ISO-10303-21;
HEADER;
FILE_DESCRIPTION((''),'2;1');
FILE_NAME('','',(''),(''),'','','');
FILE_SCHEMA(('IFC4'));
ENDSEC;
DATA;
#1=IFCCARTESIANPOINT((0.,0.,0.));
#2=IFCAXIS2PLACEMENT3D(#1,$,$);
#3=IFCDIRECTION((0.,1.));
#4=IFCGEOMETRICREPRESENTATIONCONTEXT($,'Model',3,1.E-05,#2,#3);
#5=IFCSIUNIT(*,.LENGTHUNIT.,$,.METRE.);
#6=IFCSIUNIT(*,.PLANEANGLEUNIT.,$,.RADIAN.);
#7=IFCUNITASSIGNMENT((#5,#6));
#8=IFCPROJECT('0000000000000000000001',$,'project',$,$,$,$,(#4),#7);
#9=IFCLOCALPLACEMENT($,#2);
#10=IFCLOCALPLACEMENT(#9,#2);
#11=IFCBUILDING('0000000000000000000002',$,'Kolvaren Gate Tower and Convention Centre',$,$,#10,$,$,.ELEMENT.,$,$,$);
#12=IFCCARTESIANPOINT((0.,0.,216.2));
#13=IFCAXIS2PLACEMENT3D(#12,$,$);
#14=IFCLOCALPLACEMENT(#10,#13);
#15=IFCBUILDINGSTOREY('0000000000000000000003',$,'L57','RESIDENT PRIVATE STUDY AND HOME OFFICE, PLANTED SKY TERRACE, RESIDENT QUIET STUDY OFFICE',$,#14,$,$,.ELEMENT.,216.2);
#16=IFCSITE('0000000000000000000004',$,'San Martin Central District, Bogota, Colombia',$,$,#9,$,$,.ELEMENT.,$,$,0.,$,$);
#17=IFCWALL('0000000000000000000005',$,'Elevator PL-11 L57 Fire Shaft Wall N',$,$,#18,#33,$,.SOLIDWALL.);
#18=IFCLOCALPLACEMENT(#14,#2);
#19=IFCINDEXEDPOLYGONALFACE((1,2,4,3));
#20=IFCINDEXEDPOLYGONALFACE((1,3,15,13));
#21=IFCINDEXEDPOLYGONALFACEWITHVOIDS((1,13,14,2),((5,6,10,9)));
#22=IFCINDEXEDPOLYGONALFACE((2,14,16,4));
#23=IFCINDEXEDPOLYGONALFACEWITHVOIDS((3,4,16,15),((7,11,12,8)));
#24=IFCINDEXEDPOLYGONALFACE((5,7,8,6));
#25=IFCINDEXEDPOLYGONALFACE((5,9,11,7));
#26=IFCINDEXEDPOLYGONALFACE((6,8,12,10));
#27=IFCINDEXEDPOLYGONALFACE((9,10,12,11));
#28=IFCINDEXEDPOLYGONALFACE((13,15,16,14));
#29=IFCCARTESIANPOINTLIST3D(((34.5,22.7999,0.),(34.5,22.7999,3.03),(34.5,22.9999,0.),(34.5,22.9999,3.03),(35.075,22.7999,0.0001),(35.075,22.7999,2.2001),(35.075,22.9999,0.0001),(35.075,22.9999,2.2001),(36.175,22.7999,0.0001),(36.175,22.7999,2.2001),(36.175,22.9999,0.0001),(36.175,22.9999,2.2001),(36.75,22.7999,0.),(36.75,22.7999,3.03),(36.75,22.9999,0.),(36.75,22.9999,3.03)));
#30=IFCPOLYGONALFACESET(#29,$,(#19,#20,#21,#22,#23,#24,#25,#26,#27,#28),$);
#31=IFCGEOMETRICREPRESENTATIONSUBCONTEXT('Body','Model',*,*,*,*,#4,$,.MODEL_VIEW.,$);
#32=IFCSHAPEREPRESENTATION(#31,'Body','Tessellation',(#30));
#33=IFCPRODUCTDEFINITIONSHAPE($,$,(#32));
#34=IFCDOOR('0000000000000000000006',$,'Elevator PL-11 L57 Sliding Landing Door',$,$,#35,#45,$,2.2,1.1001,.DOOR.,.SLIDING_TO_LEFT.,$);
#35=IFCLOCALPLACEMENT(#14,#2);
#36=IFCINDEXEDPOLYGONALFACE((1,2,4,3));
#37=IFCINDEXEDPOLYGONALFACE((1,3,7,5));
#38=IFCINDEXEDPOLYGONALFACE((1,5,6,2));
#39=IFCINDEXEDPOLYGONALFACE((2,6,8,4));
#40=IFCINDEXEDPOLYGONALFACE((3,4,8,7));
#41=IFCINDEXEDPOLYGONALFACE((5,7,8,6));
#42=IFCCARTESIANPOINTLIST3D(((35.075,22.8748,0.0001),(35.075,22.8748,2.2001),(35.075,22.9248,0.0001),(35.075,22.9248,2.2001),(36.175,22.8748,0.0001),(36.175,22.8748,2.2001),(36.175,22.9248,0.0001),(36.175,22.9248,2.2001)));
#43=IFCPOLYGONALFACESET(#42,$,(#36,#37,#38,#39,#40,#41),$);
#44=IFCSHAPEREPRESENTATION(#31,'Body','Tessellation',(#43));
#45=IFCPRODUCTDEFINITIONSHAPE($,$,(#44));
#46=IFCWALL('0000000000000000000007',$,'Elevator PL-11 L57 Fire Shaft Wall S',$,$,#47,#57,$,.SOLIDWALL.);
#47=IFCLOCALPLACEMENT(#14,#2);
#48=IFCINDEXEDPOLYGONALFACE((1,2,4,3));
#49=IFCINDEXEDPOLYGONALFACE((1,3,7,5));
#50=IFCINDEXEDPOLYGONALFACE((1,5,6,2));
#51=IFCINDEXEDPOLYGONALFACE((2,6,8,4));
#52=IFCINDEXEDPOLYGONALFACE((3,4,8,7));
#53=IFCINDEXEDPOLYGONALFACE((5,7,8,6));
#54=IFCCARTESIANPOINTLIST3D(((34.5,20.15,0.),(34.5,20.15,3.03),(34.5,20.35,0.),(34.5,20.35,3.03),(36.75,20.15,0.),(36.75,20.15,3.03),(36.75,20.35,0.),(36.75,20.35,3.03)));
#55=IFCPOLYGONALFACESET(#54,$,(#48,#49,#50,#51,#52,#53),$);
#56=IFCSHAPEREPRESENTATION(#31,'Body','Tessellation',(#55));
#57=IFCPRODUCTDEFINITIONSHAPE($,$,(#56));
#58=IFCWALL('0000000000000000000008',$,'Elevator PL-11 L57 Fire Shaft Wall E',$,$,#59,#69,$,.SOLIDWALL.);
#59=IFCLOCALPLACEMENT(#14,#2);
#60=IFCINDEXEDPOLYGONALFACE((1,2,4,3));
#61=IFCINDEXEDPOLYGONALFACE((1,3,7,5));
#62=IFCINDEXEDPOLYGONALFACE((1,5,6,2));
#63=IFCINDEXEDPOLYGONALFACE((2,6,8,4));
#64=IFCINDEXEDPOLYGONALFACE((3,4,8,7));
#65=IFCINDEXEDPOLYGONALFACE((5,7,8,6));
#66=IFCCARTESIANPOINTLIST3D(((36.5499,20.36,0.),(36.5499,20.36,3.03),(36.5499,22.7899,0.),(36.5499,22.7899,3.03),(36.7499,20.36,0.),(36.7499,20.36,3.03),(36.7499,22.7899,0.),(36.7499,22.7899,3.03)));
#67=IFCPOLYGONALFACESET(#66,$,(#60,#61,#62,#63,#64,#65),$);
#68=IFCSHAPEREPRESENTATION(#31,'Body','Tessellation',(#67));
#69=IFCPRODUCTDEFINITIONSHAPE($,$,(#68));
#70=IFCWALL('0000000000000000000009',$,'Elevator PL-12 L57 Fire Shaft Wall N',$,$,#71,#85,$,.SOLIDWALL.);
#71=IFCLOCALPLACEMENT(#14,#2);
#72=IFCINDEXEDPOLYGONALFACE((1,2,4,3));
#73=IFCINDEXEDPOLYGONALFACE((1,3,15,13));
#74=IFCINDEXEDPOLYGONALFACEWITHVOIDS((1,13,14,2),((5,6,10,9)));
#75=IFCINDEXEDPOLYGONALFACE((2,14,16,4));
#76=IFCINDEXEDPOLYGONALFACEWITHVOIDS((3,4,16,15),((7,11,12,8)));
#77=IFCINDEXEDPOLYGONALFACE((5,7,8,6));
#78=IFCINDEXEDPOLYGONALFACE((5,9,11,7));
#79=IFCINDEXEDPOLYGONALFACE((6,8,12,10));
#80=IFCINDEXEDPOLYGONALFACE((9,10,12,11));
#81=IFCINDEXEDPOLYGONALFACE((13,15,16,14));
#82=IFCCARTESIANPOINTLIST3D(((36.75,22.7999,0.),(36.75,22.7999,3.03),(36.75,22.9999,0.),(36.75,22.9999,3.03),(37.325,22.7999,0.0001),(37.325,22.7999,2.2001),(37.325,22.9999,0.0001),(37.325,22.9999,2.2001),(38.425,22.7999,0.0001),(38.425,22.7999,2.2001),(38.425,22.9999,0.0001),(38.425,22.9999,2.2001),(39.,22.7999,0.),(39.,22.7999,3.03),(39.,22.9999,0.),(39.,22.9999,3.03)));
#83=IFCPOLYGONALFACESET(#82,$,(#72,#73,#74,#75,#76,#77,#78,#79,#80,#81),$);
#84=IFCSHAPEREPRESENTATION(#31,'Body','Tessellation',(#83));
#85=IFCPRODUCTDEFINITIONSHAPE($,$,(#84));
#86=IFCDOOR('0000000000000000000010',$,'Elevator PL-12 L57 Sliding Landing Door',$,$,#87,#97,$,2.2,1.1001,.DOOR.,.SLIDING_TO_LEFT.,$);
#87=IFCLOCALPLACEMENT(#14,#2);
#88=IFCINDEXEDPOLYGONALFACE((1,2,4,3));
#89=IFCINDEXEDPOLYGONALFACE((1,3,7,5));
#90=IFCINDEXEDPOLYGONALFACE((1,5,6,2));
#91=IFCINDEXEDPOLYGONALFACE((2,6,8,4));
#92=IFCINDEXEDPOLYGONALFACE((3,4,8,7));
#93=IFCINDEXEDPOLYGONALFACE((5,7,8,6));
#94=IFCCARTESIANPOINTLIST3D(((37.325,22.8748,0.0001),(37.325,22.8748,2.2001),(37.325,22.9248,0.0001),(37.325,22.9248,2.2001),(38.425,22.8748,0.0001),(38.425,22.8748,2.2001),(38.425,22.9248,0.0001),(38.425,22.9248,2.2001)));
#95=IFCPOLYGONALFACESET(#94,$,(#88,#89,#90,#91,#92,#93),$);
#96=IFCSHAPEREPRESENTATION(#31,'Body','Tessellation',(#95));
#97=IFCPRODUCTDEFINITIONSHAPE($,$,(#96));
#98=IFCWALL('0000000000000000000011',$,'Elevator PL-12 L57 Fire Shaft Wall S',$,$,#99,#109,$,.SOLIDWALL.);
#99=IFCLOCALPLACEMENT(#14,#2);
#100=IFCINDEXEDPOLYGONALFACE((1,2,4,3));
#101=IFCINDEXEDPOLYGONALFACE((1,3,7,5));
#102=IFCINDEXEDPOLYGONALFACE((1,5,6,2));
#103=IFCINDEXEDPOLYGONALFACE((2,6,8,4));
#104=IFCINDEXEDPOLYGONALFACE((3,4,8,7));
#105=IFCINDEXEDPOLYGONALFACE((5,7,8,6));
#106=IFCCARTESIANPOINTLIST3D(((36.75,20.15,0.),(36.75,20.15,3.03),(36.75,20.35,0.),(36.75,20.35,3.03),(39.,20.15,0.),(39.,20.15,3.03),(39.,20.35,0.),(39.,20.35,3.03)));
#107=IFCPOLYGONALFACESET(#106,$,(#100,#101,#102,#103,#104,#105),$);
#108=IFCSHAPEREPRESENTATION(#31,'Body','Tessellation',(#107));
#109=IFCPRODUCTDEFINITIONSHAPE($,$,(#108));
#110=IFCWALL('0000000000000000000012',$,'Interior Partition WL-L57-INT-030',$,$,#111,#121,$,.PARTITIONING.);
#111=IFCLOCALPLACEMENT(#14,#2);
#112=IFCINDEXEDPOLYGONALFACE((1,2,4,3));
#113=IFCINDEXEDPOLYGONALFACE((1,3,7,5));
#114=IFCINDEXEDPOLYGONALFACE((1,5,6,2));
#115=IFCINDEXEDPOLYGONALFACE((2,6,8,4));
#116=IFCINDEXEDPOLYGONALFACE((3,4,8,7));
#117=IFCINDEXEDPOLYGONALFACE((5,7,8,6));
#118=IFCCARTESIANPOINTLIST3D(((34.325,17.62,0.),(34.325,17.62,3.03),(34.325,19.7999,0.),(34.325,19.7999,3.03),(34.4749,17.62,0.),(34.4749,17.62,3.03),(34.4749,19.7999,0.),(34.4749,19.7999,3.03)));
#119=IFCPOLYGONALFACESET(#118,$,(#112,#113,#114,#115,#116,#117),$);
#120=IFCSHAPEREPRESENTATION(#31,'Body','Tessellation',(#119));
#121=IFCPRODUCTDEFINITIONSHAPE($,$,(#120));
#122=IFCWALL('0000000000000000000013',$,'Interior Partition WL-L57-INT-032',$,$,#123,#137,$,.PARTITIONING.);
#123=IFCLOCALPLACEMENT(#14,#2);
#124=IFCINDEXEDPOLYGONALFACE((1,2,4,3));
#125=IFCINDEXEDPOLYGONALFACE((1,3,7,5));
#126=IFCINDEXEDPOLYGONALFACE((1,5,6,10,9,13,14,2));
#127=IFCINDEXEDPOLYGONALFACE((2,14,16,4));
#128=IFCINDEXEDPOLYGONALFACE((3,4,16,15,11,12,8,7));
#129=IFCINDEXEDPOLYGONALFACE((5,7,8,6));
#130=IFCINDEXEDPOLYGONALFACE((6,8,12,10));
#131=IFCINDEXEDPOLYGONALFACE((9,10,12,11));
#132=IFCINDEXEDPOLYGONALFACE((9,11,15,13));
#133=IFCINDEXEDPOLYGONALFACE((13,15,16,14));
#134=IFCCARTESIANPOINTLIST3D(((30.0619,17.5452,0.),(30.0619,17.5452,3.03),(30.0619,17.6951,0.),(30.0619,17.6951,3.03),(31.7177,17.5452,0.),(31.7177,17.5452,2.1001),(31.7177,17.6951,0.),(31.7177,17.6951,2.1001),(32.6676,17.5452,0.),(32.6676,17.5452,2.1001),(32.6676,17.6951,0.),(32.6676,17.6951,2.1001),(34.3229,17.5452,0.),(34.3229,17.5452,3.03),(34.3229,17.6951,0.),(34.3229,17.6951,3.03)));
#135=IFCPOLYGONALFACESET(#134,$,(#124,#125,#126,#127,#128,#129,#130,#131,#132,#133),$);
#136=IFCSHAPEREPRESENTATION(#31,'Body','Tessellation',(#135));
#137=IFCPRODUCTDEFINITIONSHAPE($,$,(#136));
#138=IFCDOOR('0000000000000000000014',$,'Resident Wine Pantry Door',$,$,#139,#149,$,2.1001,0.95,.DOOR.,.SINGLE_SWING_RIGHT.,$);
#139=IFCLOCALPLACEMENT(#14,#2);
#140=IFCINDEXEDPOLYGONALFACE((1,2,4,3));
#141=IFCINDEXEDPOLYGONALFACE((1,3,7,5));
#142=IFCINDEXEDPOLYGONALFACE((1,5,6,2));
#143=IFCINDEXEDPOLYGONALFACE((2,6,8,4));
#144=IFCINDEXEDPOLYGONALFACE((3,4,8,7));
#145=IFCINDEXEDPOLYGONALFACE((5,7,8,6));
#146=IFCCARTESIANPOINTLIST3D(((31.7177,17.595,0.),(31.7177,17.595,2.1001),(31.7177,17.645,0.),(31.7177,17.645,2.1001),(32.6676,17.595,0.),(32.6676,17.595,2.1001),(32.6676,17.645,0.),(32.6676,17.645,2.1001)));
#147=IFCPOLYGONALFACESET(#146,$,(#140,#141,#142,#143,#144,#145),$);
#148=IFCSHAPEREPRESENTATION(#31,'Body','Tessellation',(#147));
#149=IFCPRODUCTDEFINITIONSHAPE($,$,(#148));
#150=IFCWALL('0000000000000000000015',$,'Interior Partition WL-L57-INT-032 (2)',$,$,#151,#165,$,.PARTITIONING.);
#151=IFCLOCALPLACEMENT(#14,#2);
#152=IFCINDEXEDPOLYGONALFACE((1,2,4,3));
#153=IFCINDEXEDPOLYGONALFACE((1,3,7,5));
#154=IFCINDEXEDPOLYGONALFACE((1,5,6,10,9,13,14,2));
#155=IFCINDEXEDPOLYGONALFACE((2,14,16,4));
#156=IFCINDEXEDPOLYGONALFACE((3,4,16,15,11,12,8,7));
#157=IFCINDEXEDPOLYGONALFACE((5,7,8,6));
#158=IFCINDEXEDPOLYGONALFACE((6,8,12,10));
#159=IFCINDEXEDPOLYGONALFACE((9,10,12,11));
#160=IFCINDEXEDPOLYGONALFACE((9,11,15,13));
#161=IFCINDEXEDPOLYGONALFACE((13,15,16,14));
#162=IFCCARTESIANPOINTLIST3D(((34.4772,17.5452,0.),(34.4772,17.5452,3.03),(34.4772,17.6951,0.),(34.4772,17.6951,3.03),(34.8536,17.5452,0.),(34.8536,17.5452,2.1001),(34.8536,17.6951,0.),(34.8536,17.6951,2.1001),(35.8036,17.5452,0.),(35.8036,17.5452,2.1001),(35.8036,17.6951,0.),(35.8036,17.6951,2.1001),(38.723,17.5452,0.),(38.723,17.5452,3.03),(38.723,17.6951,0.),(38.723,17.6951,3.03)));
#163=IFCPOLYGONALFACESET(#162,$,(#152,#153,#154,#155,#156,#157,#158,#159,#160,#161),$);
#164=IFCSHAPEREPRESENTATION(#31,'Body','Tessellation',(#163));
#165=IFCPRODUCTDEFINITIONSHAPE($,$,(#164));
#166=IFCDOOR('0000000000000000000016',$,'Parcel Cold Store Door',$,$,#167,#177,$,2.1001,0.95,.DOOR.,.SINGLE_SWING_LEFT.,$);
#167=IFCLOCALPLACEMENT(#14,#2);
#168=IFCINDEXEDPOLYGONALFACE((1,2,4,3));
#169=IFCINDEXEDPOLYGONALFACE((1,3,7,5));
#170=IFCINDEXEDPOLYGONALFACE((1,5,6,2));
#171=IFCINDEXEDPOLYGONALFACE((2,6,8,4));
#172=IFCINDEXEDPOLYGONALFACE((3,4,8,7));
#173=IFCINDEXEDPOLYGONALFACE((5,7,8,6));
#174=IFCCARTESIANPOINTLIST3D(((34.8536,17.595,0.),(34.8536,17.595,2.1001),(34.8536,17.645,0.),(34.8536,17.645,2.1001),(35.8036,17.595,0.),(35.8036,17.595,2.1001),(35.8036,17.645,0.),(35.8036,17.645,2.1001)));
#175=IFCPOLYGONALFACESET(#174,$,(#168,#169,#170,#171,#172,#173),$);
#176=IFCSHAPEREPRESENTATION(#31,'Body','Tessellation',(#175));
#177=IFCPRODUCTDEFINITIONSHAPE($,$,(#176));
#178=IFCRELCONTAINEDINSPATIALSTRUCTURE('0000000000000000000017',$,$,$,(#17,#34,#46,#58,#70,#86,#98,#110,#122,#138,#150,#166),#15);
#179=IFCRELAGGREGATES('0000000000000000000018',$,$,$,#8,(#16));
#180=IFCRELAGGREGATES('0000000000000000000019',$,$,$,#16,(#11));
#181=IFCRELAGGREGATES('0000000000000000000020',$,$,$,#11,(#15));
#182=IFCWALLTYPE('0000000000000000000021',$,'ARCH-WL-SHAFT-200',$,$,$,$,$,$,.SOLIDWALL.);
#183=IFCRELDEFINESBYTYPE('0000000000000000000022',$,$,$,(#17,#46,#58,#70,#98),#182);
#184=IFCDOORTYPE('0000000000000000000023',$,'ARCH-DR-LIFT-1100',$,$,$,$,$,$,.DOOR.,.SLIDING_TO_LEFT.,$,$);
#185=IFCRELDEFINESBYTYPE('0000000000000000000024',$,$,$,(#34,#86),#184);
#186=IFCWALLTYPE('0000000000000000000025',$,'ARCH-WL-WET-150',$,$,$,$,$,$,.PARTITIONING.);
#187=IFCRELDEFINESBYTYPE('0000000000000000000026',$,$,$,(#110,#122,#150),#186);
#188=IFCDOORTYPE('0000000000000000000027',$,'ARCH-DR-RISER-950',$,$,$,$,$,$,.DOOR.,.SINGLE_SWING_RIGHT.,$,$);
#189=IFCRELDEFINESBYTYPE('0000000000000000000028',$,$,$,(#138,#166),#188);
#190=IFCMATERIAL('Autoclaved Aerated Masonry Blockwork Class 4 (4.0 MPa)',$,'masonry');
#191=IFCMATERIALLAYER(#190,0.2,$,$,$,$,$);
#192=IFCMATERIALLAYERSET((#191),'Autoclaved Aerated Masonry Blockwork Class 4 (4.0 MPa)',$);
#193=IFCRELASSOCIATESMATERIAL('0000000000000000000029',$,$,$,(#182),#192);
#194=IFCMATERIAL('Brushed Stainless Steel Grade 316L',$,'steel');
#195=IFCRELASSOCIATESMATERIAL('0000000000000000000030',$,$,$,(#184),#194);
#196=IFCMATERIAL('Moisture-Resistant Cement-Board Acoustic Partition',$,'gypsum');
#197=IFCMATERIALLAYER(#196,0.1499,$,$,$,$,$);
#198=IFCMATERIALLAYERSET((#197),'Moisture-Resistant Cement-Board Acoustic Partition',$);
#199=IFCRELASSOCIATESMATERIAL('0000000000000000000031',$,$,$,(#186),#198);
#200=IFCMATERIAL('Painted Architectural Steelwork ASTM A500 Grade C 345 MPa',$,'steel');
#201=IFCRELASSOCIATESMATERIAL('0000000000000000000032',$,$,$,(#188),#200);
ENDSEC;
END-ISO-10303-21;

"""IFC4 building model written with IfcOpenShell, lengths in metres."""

from ifc_helpers import new_model, si_unit, direction, frame, frame_2d, origin, place, context, subcontext, project, spatial, rectangle, extrude, material, layer, layer_set, type_object, element, fill, save


model = new_model("IFC4")

# Units and contexts
model_context = context("Model", 3, precision=1e-05, world=origin(), true_north=direction((0.0, 1.0)))
body_context = subcontext(model_context, "Body", "Model", "MODEL_VIEW")
ifc_project = project(units=[si_unit("LENGTHUNIT", "METRE"), si_unit("PLANEANGLEUNIT", "RADIAN")], contexts=[model_context])

# Site, building, storey
site_placement = place(None, origin())
site = spatial("IfcSite", under=ifc_project, at=site_placement, Name="San Martin Central District, Bogota, Colombia", CompositionType="ELEMENT", RefElevation=0.0)
building_placement = place(site_placement, origin())
building = spatial("IfcBuilding", under=site, at=building_placement, Name="Kolvaren Gate Tower and Convention Centre", CompositionType="ELEMENT")
storey_placement = place(building_placement, frame((0.0, 0.0, 216.2)))
storey = spatial("IfcBuildingStorey", under=building, at=storey_placement, Name="L57", Description="RESIDENT PRIVATE STUDY AND HOME OFFICE, PLANTED SKY TERRACE, RESIDENT QUIET STUDY OFFICE", CompositionType="ELEMENT", Elevation=216.2)

# Shared definitions
ifc_material_1 = material(Name="Autoclaved Aerated Masonry Blockwork Class 4 (4.0 MPa)", Category="masonry")
ifc_layer_1 = layer(ifc_material_1, 0.2)
ifc_layer_set_1 = layer_set([ifc_layer_1], Name="Autoclaved Aerated Masonry Blockwork Class 4 (4.0 MPa)")
wall_type_1 = type_object("IfcWallType", Name="ARCH-WL-SHAFT-200", PredefinedType="SOLIDWALL", material=ifc_layer_set_1)

# Shared definitions
ifc_material_2 = material(Name="Brushed Stainless Steel Grade 316L", Category="steel")
door_type_1 = type_object("IfcDoorType", Name="ARCH-DR-LIFT-1100", OperationType="SLIDING_TO_LEFT", PredefinedType="DOOR", material=ifc_material_2)

# Wall, opening, door
wall_1_placement = place(storey_placement, frame((34.5, 22.8999, 0.0), z_axis=(0.0, 0.0, 1.0), x_axis=(1.0, 0.0, 0.0)))
wall_1 = element("IfcWall", 1, at=wall_1_placement, inside=storey, type_object=wall_type_1, Name="Elevator PL-11 L57 Fire Shaft Wall N", PredefinedType="SOLIDWALL", context=body_context, shape_type="SweptSolid", body=[
    extrude(rectangle(XDim=2.25, YDim=0.2, at=frame_2d((1.125, 0.0))), origin(), (0.0, 0.0, 1.0), 3.03),
])
opening_1_placement = place(wall_1_placement, frame((0.575, 0.0, 0.0)))
opening_1 = element("IfcOpeningElement", 2, at=opening_1_placement, cuts=wall_1, PredefinedType="OPENING", context=body_context, shape_type="SweptSolid", body=[
    extrude(rectangle(XDim=1.1001, YDim=2.2, at=frame_2d((0.55, 1.1001))), frame((0.0, 0.1099, 0.0), z_axis=(0.0, -1.0, 0.0), x_axis=(1.0, 0.0, 0.0)), (0.0, 0.0, 1.0), 0.22),
])
door_1_placement = place(opening_1_placement, origin())
door_1 = element("IfcDoor", 3, at=door_1_placement, inside=storey, type_object=door_type_1, Name="Elevator PL-11 L57 Sliding Landing Door", OperationType="SLIDING_TO_LEFT", OverallHeight=2.2, OverallWidth=1.1001, PredefinedType="DOOR", context=body_context, shape_type="SweptSolid", body=[
    extrude(rectangle(XDim=1.1001, YDim=2.2, at=frame_2d((0.55, 1.1001))), frame((0.0, 0.0249, 0.0), z_axis=(0.0, -1.0, 0.0), x_axis=(1.0, 0.0, 0.0)), (0.0, 0.0, 1.0), 0.05),
])
fill(opening_1, door_1)

# Walls
wall_2_placement = place(storey_placement, frame((34.5, 20.25, 0.0), z_axis=(0.0, 0.0, 1.0), x_axis=(1.0, 0.0, 0.0)))
element("IfcWall", 4, at=wall_2_placement, inside=storey, type_object=wall_type_1, Name="Elevator PL-11 L57 Fire Shaft Wall S", PredefinedType="SOLIDWALL", context=body_context, shape_type="SweptSolid", body=[
    extrude(rectangle(XDim=2.25, YDim=0.2, at=frame_2d((1.125, 0.0))), origin(), (0.0, 0.0, 1.0), 3.03),
])
wall_3_placement = place(storey_placement, frame((36.6499, 20.3601, 0.0), z_axis=(0.0, 0.0, 1.0), x_axis=(0.0, 1.0, 0.0)))
element("IfcWall", 5, at=wall_3_placement, inside=storey, type_object=wall_type_1, Name="Elevator PL-11 L57 Fire Shaft Wall E", PredefinedType="SOLIDWALL", context=body_context, shape_type="SweptSolid", body=[
    extrude(rectangle(XDim=2.4299, YDim=0.2, at=frame_2d((1.2148, 0.0))), origin(), (0.0, 0.0, 1.0), 3.03),
])

# Wall, opening, door
wall_4_placement = place(storey_placement, frame((36.75, 22.8999, 0.0), z_axis=(0.0, 0.0, 1.0), x_axis=(1.0, 0.0, 0.0)))
wall_4 = element("IfcWall", 6, at=wall_4_placement, inside=storey, type_object=wall_type_1, Name="Elevator PL-12 L57 Fire Shaft Wall N", PredefinedType="SOLIDWALL", context=body_context, shape_type="SweptSolid", body=[
    extrude(rectangle(XDim=2.25, YDim=0.2, at=frame_2d((1.125, 0.0))), origin(), (0.0, 0.0, 1.0), 3.03),
])
opening_2_placement = place(wall_4_placement, frame((0.575, 0.0, 0.0)))
opening_2 = element("IfcOpeningElement", 7, at=opening_2_placement, cuts=wall_4, PredefinedType="OPENING", context=body_context, shape_type="SweptSolid", body=[
    extrude(rectangle(XDim=1.1001, YDim=2.2, at=frame_2d((0.55, 1.1001))), frame((0.0, 0.1099, 0.0), z_axis=(0.0, -1.0, 0.0), x_axis=(1.0, 0.0, 0.0)), (0.0, 0.0, 1.0), 0.22),
])
door_2_placement = place(opening_2_placement, origin())
door_2 = element("IfcDoor", 8, at=door_2_placement, inside=storey, type_object=door_type_1, Name="Elevator PL-12 L57 Sliding Landing Door", OperationType="SLIDING_TO_LEFT", OverallHeight=2.2, OverallWidth=1.1001, PredefinedType="DOOR", context=body_context, shape_type="SweptSolid", body=[
    extrude(rectangle(XDim=1.1001, YDim=2.2, at=frame_2d((0.55, 1.1001))), frame((0.0, 0.0249, 0.0), z_axis=(0.0, -1.0, 0.0), x_axis=(1.0, 0.0, 0.0)), (0.0, 0.0, 1.0), 0.05),
])
fill(opening_2, door_2)

# Walls
wall_5_placement = place(storey_placement, frame((36.75, 20.25, 0.0), z_axis=(0.0, 0.0, 1.0), x_axis=(1.0, 0.0, 0.0)))
element("IfcWall", 9, at=wall_5_placement, inside=storey, type_object=wall_type_1, Name="Elevator PL-12 L57 Fire Shaft Wall S", PredefinedType="SOLIDWALL", context=body_context, shape_type="SweptSolid", body=[
    extrude(rectangle(XDim=2.25, YDim=0.2, at=frame_2d((1.125, 0.0))), origin(), (0.0, 0.0, 1.0), 3.03),
])
ifc_material_3 = material(Name="Moisture-Resistant Cement-Board Acoustic Partition", Category="gypsum")
ifc_layer_2 = layer(ifc_material_3, 0.1499)
ifc_layer_set_2 = layer_set([ifc_layer_2], Name="Moisture-Resistant Cement-Board Acoustic Partition")
wall_type_2 = type_object("IfcWallType", Name="ARCH-WL-WET-150", PredefinedType="PARTITIONING", material=ifc_layer_set_2)
wall_6_placement = place(storey_placement, frame((34.3999, 17.6201, 0.0), z_axis=(0.0, 0.0, 1.0), x_axis=(0.0, 1.0, 0.0)))
element("IfcWall", 10, at=wall_6_placement, inside=storey, type_object=wall_type_2, Name="Interior Partition WL-L57-INT-030", PredefinedType="PARTITIONING", context=body_context, shape_type="SweptSolid", body=[
    extrude(rectangle(XDim=2.1799, YDim=0.1499, at=frame_2d((1.0898, 0.0))), origin(), (0.0, 0.0, 1.0), 3.03),
])

# Walls, openings, doors
wall_7_placement = place(storey_placement, frame((30.062, 17.6201, 0.0), z_axis=(0.0, 0.0, 1.0), x_axis=(1.0, 0.0, 0.0)))
wall_7 = element("IfcWall", 11, at=wall_7_placement, inside=storey, type_object=wall_type_2, Name="Interior Partition WL-L57-INT-032", PredefinedType="PARTITIONING", context=body_context, shape_type="SweptSolid", body=[
    extrude(rectangle(XDim=4.261, YDim=0.1499, at=frame_2d((2.1304, 0.0))), origin(), (0.0, 0.0, 1.0), 3.03),
])
opening_3_placement = place(wall_7_placement, frame((1.6555, 0.0, 0.0)))
opening_3 = element("IfcOpeningElement", 12, at=opening_3_placement, cuts=wall_7, PredefinedType="OPENING", context=body_context, shape_type="SweptSolid", body=[
    extrude(rectangle(XDim=0.95, YDim=2.1001, at=frame_2d((0.4751, 1.05))), frame((0.0, 0.085, 0.0), z_axis=(0.0, -1.0, 0.0), x_axis=(1.0, 0.0, 0.0)), (0.0, 0.0, 1.0), 0.1699),
])
ifc_material_4 = material(Name="Painted Architectural Steelwork ASTM A500 Grade C 345 MPa", Category="steel")
door_type_2 = type_object("IfcDoorType", Name="ARCH-DR-RISER-950", OperationType="SINGLE_SWING_RIGHT", PredefinedType="DOOR", material=ifc_material_4)
door_3_placement = place(opening_3_placement, origin())
door_3 = element("IfcDoor", 13, at=door_3_placement, inside=storey, type_object=door_type_2, Name="Resident Wine Pantry Door", OperationType="SINGLE_SWING_RIGHT", OverallHeight=2.1001, OverallWidth=0.95, PredefinedType="DOOR", context=body_context, shape_type="SweptSolid", body=[
    extrude(rectangle(XDim=0.95, YDim=2.1001, at=frame_2d((0.4751, 1.05))), frame((0.0, 0.0249, 0.0), z_axis=(0.0, -1.0, 0.0), x_axis=(1.0, 0.0, 0.0)), (0.0, 0.0, 1.0), 0.05),
])
fill(opening_3, door_3)
wall_8_placement = place(storey_placement, frame((34.4771, 17.6201, 0.0), z_axis=(0.0, 0.0, 1.0), x_axis=(1.0, 0.0, 0.0)))
wall_8 = element("IfcWall", 14, at=wall_8_placement, inside=storey, type_object=wall_type_2, Name="Interior Partition WL-L57-INT-032 (2)", PredefinedType="PARTITIONING", context=body_context, shape_type="SweptSolid", body=[
    extrude(rectangle(XDim=4.2458, YDim=0.1499, at=frame_2d((2.123, 0.0))), origin(), (0.0, 0.0, 1.0), 3.03),
])
opening_4_placement = place(wall_8_placement, frame((0.3765, 0.0, 0.0)))
opening_4 = element("IfcOpeningElement", 15, at=opening_4_placement, cuts=wall_8, PredefinedType="OPENING", context=body_context, shape_type="SweptSolid", body=[
    extrude(rectangle(XDim=0.95, YDim=2.1001, at=frame_2d((0.4751, 1.05))), frame((0.0, 0.085, 0.0), z_axis=(0.0, -1.0, 0.0), x_axis=(1.0, 0.0, 0.0)), (0.0, 0.0, 1.0), 0.1699),
])
door_4_placement = place(opening_4_placement, origin())
door_4 = element("IfcDoor", 16, at=door_4_placement, inside=storey, type_object=door_type_2, Name="Parcel Cold Store Door", OperationType="SINGLE_SWING_LEFT", OverallHeight=2.1001, OverallWidth=0.95, PredefinedType="DOOR", context=body_context, shape_type="SweptSolid", body=[
    extrude(rectangle(XDim=0.95, YDim=2.1001, at=frame_2d((0.4751, 1.05))), frame((0.0, 0.0249, 0.0), z_axis=(0.0, -1.0, 0.0), x_axis=(1.0, 0.0, 0.0)), (0.0, 0.0, 1.0), 0.05),
])
fill(opening_4, door_4)

save(model, "model.ifc")
